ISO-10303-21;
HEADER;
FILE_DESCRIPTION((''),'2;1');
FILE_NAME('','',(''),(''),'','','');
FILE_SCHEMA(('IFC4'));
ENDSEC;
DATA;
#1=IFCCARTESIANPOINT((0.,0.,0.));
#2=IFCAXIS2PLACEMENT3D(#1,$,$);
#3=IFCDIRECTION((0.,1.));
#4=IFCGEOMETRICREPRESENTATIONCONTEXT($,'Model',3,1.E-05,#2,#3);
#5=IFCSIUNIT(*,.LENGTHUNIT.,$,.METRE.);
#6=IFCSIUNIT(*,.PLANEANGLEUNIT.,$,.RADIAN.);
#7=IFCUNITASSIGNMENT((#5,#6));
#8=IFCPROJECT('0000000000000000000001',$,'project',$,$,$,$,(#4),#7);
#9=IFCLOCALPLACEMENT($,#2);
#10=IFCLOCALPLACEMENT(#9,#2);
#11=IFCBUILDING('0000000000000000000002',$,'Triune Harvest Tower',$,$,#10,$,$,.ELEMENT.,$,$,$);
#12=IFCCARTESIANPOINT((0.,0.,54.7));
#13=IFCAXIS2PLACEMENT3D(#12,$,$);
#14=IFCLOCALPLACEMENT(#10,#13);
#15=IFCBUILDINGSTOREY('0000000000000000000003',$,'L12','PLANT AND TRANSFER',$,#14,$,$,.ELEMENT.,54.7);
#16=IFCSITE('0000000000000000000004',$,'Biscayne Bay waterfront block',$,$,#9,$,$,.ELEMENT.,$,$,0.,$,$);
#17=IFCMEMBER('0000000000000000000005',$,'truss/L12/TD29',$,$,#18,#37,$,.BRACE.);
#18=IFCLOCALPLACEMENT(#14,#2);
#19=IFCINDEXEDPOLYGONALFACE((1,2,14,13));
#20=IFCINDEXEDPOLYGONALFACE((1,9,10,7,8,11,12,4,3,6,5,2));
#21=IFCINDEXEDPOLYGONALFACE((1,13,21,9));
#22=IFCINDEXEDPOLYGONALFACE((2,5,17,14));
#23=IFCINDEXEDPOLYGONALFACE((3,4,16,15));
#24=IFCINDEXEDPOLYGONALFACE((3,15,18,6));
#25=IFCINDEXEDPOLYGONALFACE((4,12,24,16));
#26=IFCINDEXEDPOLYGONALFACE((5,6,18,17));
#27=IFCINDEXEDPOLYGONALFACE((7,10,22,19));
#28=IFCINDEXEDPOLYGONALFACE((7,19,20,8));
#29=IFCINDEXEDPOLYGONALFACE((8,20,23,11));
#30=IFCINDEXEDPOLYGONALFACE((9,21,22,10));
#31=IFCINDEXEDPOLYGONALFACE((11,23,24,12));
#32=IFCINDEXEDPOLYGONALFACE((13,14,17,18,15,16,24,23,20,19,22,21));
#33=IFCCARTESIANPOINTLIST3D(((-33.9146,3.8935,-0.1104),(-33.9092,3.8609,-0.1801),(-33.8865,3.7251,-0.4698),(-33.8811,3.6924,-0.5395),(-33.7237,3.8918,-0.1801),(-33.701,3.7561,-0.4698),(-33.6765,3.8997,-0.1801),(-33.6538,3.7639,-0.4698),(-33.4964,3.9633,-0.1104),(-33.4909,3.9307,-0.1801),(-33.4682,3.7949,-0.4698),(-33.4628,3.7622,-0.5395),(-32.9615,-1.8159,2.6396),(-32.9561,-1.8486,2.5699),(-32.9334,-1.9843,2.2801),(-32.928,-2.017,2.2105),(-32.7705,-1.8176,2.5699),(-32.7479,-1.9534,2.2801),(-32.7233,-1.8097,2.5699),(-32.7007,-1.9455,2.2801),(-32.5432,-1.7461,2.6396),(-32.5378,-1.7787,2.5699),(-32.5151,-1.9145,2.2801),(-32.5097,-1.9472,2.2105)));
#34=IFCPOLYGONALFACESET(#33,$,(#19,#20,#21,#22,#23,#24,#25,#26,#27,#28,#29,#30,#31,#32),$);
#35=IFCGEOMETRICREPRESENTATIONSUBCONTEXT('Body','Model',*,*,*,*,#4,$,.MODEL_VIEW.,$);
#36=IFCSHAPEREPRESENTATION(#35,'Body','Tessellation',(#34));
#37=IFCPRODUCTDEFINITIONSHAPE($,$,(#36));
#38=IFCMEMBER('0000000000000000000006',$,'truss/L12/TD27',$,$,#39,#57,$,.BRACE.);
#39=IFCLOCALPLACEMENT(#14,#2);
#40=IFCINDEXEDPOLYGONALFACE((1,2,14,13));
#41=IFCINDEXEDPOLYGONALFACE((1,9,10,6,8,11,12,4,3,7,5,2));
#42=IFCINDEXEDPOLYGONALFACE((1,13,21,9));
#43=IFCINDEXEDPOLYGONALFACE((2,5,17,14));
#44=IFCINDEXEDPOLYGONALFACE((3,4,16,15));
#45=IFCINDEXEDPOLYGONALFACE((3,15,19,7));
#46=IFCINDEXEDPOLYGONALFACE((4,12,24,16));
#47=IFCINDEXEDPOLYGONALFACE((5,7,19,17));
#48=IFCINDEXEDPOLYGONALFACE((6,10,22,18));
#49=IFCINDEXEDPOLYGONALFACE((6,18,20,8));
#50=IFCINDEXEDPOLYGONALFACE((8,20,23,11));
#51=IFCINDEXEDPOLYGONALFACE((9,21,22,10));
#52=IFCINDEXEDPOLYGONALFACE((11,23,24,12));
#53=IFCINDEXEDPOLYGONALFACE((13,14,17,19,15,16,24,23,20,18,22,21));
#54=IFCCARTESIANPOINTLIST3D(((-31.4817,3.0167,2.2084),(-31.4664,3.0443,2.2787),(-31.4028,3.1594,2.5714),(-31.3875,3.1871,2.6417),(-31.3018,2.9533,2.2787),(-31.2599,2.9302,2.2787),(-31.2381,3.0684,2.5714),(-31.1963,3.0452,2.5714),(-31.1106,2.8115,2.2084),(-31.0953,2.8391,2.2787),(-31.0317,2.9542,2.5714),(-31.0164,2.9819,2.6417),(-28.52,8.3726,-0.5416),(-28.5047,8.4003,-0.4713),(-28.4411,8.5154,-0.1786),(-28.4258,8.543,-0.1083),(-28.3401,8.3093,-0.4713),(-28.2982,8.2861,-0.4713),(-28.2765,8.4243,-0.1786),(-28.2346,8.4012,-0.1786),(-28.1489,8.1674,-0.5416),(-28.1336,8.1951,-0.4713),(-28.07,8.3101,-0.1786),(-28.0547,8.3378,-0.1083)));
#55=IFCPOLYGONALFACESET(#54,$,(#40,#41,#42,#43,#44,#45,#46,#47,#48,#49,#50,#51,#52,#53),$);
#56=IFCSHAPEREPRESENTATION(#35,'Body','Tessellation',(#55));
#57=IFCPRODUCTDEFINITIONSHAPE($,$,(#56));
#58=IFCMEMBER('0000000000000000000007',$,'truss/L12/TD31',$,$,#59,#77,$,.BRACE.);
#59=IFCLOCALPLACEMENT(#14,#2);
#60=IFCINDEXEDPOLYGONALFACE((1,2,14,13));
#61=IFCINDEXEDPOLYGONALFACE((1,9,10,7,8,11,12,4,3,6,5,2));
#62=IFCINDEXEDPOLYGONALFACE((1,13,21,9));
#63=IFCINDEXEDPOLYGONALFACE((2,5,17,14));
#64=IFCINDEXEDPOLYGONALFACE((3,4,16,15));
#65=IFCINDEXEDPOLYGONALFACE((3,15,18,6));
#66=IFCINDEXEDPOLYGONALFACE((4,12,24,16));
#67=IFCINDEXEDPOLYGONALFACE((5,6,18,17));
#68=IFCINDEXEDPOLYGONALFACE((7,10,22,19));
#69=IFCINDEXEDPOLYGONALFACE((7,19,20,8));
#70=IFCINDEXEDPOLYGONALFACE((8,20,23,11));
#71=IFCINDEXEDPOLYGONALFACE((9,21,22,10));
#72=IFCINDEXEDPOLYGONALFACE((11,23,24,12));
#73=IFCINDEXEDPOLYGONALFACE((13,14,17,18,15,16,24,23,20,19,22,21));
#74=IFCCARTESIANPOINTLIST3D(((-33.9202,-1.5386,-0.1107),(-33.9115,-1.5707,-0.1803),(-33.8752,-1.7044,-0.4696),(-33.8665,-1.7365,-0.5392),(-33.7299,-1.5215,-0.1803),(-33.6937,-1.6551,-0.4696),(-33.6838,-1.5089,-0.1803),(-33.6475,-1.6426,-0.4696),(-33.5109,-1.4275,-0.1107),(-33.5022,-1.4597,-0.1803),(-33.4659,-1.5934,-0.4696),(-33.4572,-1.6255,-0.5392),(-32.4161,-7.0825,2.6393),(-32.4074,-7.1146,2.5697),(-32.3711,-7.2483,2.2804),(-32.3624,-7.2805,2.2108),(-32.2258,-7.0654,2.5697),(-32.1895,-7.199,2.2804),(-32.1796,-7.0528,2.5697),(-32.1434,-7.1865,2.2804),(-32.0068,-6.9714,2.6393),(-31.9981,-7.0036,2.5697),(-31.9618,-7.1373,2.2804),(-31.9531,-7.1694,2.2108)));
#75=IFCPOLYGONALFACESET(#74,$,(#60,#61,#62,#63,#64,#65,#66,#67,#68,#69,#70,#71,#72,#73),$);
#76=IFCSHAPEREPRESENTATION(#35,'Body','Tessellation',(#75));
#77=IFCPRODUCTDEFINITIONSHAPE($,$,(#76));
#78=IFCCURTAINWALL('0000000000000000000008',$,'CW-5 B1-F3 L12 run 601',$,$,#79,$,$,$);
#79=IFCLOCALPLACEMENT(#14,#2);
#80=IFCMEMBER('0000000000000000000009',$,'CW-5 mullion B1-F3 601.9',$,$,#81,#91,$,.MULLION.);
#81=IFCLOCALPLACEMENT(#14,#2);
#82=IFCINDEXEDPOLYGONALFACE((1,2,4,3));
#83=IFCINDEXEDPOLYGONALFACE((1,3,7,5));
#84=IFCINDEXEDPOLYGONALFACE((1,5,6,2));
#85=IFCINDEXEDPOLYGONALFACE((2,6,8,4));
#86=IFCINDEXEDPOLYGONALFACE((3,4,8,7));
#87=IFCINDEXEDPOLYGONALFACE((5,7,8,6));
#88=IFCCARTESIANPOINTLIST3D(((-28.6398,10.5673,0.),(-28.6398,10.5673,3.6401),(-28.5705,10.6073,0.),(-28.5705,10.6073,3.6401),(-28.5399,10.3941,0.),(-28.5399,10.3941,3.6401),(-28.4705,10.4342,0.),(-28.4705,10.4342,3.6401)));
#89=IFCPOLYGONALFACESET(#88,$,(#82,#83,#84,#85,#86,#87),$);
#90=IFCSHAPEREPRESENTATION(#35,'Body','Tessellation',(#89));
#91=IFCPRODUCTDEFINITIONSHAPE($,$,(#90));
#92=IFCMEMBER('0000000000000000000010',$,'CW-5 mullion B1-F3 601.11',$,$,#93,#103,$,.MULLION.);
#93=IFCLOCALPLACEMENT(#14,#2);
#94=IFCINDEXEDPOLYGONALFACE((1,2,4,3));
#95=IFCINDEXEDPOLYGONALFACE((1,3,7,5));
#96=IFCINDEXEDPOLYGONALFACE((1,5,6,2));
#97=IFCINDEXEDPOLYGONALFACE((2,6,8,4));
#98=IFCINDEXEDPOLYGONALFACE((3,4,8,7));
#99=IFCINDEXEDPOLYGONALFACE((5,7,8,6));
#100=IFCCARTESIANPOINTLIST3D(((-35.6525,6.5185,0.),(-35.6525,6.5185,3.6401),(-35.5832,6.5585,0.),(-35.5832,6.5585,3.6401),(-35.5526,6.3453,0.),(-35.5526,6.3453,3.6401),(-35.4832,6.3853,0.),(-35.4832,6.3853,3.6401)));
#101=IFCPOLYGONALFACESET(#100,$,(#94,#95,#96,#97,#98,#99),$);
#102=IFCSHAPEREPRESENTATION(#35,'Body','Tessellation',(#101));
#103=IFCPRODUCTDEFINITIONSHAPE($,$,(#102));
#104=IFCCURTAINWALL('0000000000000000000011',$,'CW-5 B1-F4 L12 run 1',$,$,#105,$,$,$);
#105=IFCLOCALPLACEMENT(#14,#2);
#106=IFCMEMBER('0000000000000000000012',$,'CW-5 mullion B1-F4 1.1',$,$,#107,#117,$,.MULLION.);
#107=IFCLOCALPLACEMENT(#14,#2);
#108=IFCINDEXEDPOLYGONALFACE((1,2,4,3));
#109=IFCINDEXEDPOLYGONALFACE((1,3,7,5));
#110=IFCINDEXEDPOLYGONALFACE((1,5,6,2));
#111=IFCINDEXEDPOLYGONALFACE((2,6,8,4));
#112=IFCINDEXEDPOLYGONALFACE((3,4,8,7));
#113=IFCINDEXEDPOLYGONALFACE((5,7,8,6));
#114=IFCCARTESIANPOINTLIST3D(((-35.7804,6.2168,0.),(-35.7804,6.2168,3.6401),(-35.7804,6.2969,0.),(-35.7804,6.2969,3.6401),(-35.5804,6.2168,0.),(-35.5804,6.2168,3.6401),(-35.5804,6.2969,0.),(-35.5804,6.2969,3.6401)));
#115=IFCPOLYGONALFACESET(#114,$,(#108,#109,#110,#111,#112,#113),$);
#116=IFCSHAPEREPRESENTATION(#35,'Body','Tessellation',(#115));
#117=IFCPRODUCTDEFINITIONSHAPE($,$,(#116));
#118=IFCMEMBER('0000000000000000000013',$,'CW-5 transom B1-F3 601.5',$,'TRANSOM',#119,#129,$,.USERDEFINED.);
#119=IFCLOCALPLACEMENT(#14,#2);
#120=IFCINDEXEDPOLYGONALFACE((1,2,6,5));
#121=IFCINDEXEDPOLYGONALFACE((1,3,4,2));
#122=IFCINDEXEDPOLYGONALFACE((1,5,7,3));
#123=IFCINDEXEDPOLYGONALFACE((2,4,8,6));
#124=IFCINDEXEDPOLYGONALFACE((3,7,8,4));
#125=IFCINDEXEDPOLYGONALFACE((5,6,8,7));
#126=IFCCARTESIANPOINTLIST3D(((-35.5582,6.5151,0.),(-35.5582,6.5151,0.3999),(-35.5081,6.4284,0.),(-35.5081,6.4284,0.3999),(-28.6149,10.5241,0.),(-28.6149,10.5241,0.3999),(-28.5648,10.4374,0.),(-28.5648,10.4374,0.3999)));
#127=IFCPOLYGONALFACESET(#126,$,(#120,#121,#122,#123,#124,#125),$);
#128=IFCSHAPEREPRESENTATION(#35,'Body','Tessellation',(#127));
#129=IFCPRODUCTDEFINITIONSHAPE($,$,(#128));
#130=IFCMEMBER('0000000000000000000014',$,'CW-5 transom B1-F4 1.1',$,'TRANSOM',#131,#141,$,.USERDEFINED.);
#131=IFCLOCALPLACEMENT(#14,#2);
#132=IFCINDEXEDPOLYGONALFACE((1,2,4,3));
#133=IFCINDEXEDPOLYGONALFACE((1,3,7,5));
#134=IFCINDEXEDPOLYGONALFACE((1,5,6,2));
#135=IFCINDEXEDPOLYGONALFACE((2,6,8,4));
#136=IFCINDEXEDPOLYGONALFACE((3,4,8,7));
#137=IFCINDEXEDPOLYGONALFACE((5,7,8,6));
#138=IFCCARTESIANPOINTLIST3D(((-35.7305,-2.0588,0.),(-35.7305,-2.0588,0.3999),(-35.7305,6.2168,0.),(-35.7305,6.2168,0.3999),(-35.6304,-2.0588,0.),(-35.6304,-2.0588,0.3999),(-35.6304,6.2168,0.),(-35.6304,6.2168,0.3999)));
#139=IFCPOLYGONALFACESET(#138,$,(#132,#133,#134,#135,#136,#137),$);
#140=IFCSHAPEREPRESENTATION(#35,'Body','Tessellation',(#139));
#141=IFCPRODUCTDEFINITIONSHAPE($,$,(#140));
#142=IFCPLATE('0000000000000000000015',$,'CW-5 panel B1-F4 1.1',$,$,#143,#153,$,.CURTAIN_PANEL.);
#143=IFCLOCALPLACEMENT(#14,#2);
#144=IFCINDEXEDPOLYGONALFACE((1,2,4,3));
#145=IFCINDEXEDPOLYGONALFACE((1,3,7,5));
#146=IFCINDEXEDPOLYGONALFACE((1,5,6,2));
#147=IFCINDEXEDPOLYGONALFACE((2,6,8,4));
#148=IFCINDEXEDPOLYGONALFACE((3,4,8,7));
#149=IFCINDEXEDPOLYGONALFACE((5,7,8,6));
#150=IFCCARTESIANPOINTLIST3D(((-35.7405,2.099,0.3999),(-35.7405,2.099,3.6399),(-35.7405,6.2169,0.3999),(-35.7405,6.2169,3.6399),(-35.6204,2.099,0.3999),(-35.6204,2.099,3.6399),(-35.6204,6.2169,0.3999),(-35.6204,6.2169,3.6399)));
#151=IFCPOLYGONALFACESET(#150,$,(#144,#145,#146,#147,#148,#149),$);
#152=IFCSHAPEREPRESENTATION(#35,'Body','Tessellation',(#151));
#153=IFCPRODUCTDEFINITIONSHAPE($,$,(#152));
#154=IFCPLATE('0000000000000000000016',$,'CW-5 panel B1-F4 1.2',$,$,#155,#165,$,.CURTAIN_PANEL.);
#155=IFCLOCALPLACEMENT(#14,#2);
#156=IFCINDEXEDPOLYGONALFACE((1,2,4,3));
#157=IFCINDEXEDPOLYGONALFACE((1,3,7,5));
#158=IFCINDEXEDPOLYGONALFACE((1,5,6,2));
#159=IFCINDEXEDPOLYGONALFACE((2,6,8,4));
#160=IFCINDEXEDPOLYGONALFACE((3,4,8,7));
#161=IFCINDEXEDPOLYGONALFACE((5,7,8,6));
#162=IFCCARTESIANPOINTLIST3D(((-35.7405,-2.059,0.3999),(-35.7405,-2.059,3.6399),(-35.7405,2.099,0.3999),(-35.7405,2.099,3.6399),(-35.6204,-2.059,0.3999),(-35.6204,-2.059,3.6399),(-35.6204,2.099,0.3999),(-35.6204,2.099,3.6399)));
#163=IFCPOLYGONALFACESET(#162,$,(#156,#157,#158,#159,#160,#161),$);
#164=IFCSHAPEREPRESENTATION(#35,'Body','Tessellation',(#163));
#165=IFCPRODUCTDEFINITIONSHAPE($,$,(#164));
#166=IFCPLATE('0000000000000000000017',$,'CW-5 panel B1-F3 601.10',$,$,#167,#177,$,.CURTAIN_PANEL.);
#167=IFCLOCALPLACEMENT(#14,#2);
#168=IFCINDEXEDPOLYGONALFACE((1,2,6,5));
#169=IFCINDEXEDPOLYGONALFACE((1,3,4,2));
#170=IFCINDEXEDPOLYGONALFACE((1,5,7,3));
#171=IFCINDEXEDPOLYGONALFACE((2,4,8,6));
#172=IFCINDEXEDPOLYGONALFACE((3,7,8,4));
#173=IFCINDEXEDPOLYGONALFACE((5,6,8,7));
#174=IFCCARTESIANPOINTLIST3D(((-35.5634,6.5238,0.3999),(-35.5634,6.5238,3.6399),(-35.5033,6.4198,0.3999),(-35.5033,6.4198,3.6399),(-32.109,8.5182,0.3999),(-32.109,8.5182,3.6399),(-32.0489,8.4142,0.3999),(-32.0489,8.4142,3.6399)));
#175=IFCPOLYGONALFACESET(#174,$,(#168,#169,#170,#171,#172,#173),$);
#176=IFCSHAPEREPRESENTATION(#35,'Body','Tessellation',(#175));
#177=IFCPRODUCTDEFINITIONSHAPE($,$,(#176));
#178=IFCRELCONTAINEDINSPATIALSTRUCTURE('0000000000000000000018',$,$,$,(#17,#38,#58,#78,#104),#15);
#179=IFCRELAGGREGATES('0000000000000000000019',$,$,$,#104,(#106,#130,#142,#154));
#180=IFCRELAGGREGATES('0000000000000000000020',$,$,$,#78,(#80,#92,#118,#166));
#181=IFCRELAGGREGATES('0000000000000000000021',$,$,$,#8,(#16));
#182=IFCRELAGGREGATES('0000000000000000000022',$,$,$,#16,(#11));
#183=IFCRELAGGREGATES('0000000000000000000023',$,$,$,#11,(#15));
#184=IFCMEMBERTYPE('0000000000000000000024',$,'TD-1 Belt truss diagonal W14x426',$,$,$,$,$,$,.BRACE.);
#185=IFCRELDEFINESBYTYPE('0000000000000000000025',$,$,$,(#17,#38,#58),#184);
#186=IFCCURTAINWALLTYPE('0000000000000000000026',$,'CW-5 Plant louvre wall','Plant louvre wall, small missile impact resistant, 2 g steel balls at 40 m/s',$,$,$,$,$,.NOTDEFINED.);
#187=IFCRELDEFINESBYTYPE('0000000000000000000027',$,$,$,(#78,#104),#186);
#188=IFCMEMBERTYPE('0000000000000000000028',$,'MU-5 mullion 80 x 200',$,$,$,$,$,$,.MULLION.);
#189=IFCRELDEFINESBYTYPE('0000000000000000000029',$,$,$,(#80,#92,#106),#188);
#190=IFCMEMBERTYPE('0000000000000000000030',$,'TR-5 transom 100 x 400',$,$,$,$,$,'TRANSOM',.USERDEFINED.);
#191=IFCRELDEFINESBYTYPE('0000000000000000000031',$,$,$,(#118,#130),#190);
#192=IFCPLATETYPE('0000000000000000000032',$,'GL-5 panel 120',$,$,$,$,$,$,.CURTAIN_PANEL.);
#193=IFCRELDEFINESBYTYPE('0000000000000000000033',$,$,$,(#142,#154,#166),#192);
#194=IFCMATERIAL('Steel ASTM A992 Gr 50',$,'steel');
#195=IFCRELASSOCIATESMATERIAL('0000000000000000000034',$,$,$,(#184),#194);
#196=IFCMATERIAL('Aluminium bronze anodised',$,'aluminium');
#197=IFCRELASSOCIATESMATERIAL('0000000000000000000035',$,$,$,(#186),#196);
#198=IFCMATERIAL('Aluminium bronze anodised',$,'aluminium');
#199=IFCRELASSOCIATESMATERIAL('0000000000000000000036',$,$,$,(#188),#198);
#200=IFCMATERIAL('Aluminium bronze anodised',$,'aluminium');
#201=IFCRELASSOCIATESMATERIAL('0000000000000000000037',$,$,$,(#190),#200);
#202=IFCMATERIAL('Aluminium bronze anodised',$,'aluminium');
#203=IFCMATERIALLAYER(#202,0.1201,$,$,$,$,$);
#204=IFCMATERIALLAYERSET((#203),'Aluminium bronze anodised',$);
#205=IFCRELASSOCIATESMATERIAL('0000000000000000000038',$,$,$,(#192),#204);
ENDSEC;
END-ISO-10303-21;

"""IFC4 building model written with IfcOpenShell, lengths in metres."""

from ifc_helpers import new_model, si_unit, direction, frame, origin, origin_2d, place, context, subcontext, project, spatial, rectangle, i_section, extrude, source, transform, mapped, material, layer, layer_set, material_profile, profile_set, type_object, element, aggregate, save


model = new_model("IFC4")

# Units and contexts
model_context = context("Model", 3, precision=1e-05, world=origin(), true_north=direction((0.0, 1.0)))
body_context = subcontext(model_context, "Body", "Model", "MODEL_VIEW")
ifc_project = project(units=[si_unit("LENGTHUNIT", "METRE"), si_unit("PLANEANGLEUNIT", "RADIAN")], contexts=[model_context])

# Site, building, storey
site_placement = place(None, origin())
site = spatial("IfcSite", under=ifc_project, at=site_placement, Name="Biscayne Bay waterfront block", CompositionType="ELEMENT", RefElevation=0.0)
building_placement = place(site_placement, origin())
building = spatial("IfcBuilding", under=site, at=building_placement, Name="Triune Harvest Tower", CompositionType="ELEMENT")
storey_placement = place(building_placement, frame((0.0, 0.0, 54.7)))
storey = spatial("IfcBuildingStorey", under=building, at=storey_placement, Name="L12", Description="PLANT AND TRANSFER", CompositionType="ELEMENT", Elevation=54.7)

# Shared definitions
ifc_material_1 = material(Name="Steel ASTM A992 Gr 50", Category="steel")
ifc_material_profile_1 = material_profile(ifc_material_1, i_section(OverallWidth=0.4241, OverallDepth=0.4751, WebThickness=0.0479, FlangeThickness=0.0771, at=origin_2d()), Name="W14x426")
ifc_profile_set_1 = profile_set([ifc_material_profile_1], Name="Steel ASTM A992 Gr 50")
member_type_1 = type_object("IfcMemberType", Name="TD-1 Belt truss diagonal W14x426", PredefinedType="BRACE", material=ifc_profile_set_1)

# Members
shared_shape_1 = source(origin(), body_context, "Body", "SweptSolid", [
    extrude(i_section(OverallWidth=0.4241, OverallDepth=0.4751, WebThickness=0.0479, FlangeThickness=0.0771, at=origin_2d()), origin(), (0.0, 0.0, 1.0), 6.4084),
])
member_1_placement = place(storey_placement, frame((-33.6887, 3.8279, -0.325), z_axis=(0.148728, -0.89092, 0.429117), x_axis=(0.986351, 0.164659, 0.0)))
element("IfcMember", 1, at=member_1_placement, inside=storey, type_object=member_type_1, Name="truss/L12/TD29", PredefinedType="BRACE", context=body_context, shape_type="MappedRepresentation", body=[
    mapped(shared_shape_1, transform((0.0, 0.0, 0.0), scale=1.0)),
])
shared_shape_2 = source(origin(), body_context, "Body", "SweptSolid", [
    extrude(i_section(OverallWidth=0.4241, OverallDepth=0.4751, WebThickness=0.0479, FlangeThickness=0.0771, at=origin_2d()), origin(), (0.0, 0.0, 1.0), 6.7097),
])
member_2_placement = place(storey_placement, frame((-28.2874, 8.3552, -0.325), z_axis=(-0.4414, -0.798239, 0.409854), x_axis=(0.875117, -0.483911, 0.0)))
element("IfcMember", 2, at=member_2_placement, inside=storey, type_object=member_type_1, Name="truss/L12/TD27", PredefinedType="BRACE", context=body_context, shape_type="MappedRepresentation", body=[
    mapped(shared_shape_2, transform((0.0, 0.0, 0.0), scale=1.0)),
])
shared_shape_3 = source(origin(), body_context, "Body", "SweptSolid", [
    extrude(i_section(OverallWidth=0.4241, OverallDepth=0.4751, WebThickness=0.0479, FlangeThickness=0.0771, at=origin_2d()), origin(), (0.0, 0.0, 1.0), 6.3687),
])
member_3_placement = place(storey_placement, frame((-33.6887, -1.582, -0.325), z_axis=(0.236179, -0.870499, 0.431799), x_axis=(0.965109, 0.261848, 0.0)))
element("IfcMember", 3, at=member_3_placement, inside=storey, type_object=member_type_1, Name="truss/L12/TD31", PredefinedType="BRACE", context=body_context, shape_type="MappedRepresentation", body=[
    mapped(shared_shape_3, transform((0.0, 0.0, 0.0), scale=1.0)),
])

# Curtain wall, members
ifc_material_2 = material(Name="Aluminium bronze anodised", Category="aluminium")
curtain_wall_type = type_object("IfcCurtainWallType", Name="CW-5 Plant louvre wall", Description="Plant louvre wall, small missile impact resistant, 2 g steel balls at 40 m/s", PredefinedType="NOTDEFINED", material=ifc_material_2)
curtain_wall_1_placement = place(storey_placement, origin())
curtain_wall_1 = element("IfcCurtainWall", 4, at=curtain_wall_1_placement, inside=storey, type_object=curtain_wall_type, Name="CW-5 B1-F3 L12 run 601")
ifc_material_3 = material(Name="Aluminium bronze anodised", Category="aluminium")
ifc_material_profile_2 = material_profile(ifc_material_3, rectangle(XDim=0.2, YDim=0.0801, at=origin_2d()), Name="MU-5 mullion 80 x 200")
ifc_profile_set_2 = profile_set([ifc_material_profile_2], Name="Aluminium bronze anodised")
member_type_2 = type_object("IfcMemberType", Name="MU-5 mullion 80 x 200", PredefinedType="MULLION", material=ifc_profile_set_2)
shared_shape_4 = source(origin(), body_context, "Body", "SweptSolid", [
    extrude(rectangle(XDim=0.2, YDim=0.0801, at=origin_2d()), origin(), (0.0, 0.0, 1.0), 3.6401),
])
member_4_placement = place(storey_placement, frame((-28.5552, 10.5007, 0.0), z_axis=(0.0, 0.0, 1.0), x_axis=(0.499999, -0.866026, 0.0)))
member_4 = element("IfcMember", 5, at=member_4_placement, type_object=member_type_2, Name="CW-5 mullion B1-F3 601.9", PredefinedType="MULLION", context=body_context, shape_type="MappedRepresentation", body=[
    mapped(shared_shape_4, transform((0.0, 0.0, 0.0), scale=1.0)),
])
member_5_placement = place(storey_placement, frame((-35.5679, 6.4519, 0.0), z_axis=(0.0, 0.0, 1.0), x_axis=(0.499999, -0.866026, 0.0)))
member_5 = element("IfcMember", 6, at=member_5_placement, type_object=member_type_2, Name="CW-5 mullion B1-F3 601.11", PredefinedType="MULLION", context=body_context, shape_type="MappedRepresentation", body=[
    mapped(shared_shape_4, transform((0.0, 0.0, 0.0), scale=1.0)),
])

# Curtain wall, member
curtain_wall_2_placement = place(storey_placement, origin())
curtain_wall_2 = element("IfcCurtainWall", 7, at=curtain_wall_2_placement, inside=storey, type_object=curtain_wall_type, Name="CW-5 B1-F4 L12 run 1")
member_6_placement = place(storey_placement, frame((-35.6804, 6.2568, 0.0), z_axis=(0.0, 0.0, 1.0), x_axis=(1.0, 0.0, 0.0)))
member_6 = element("IfcMember", 8, at=member_6_placement, type_object=member_type_2, Name="CW-5 mullion B1-F4 1.1", PredefinedType="MULLION", context=body_context, shape_type="MappedRepresentation", body=[
    mapped(shared_shape_4, transform((0.0, 0.0, 0.0), scale=1.0)),
])

# Members
ifc_material_4 = material(Name="Aluminium bronze anodised", Category="aluminium")
ifc_material_profile_3 = material_profile(ifc_material_4, rectangle(XDim=0.1001, YDim=0.3999, at=origin_2d()), Name="TR-5 transom 100 x 400")
ifc_profile_set_3 = profile_set([ifc_material_profile_3], Name="Aluminium bronze anodised")
member_type_3 = type_object("IfcMemberType", Name="TR-5 transom 100 x 400", ElementType="TRANSOM", PredefinedType="USERDEFINED", material=ifc_profile_set_3)
shared_shape_5 = source(origin(), body_context, "Body", "SweptSolid", [
    extrude(rectangle(XDim=0.1001, YDim=0.3999, at=origin_2d()), origin(), (0.0, 0.0, 1.0), 8.0176),
])
member_7_placement = place(storey_placement, frame((-28.5898, 10.4807, 0.2), z_axis=(-0.86601, -0.500026, 0.0), x_axis=(0.500026, -0.86601, 0.0)))
member_7 = element("IfcMember", 9, at=member_7_placement, type_object=member_type_3, Name="CW-5 transom B1-F3 601.5", ObjectType="TRANSOM", PredefinedType="USERDEFINED", context=body_context, shape_type="MappedRepresentation", body=[
    mapped(shared_shape_5, transform((0.0, 0.0, 0.0), scale=1.0)),
])
shared_shape_6 = source(origin(), body_context, "Body", "SweptSolid", [
    extrude(rectangle(XDim=0.1001, YDim=0.3999, at=origin_2d()), origin(), (0.0, 0.0, 1.0), 8.2756),
])
member_8_placement = place(storey_placement, frame((-35.6804, 6.2168, 0.2), z_axis=(0.0, -1.0, 0.0), x_axis=(1.0, 0.0, 0.0)))
member_8 = element("IfcMember", 10, at=member_8_placement, type_object=member_type_3, Name="CW-5 transom B1-F4 1.1", ObjectType="TRANSOM", PredefinedType="USERDEFINED", context=body_context, shape_type="MappedRepresentation", body=[
    mapped(shared_shape_6, transform((0.0, 0.0, 0.0), scale=1.0)),
])

# Plates
ifc_material_5 = material(Name="Aluminium bronze anodised", Category="aluminium")
ifc_layer_1 = layer(ifc_material_5, 0.1201)
ifc_layer_set_1 = layer_set([ifc_layer_1], Name="Aluminium bronze anodised")
plate_type = type_object("IfcPlateType", Name="GL-5 panel 120", PredefinedType="CURTAIN_PANEL", material=ifc_layer_set_1)
shared_shape_7 = source(origin(), body_context, "Body", "SweptSolid", [
    extrude(rectangle(XDim=4.1179, YDim=0.1201, at=origin_2d()), origin(), (0.0, 0.0, 1.0), 3.24),
])
plate_1_placement = place(storey_placement, frame((-35.6804, 4.158, 0.3999), z_axis=(0.0, 0.0, 1.0), x_axis=(0.0, -1.0, 0.0)))
plate_1 = element("IfcPlate", 11, at=plate_1_placement, type_object=plate_type, Name="CW-5 panel B1-F4 1.1", PredefinedType="CURTAIN_PANEL", context=body_context, shape_type="MappedRepresentation", body=[
    mapped(shared_shape_7, transform((0.0, 0.0, 0.0), scale=1.0)),
])
shared_shape_8 = source(origin(), body_context, "Body", "SweptSolid", [
    extrude(rectangle(XDim=4.158, YDim=0.1201, at=origin_2d()), origin(), (0.0, 0.0, 1.0), 3.24),
])
plate_2_placement = place(storey_placement, frame((-35.6804, 0.02, 0.3999), z_axis=(0.0, 0.0, 1.0), x_axis=(0.0, -1.0, 0.0)))
plate_2 = element("IfcPlate", 12, at=plate_2_placement, type_object=plate_type, Name="CW-5 panel B1-F4 1.2", PredefinedType="CURTAIN_PANEL", context=body_context, shape_type="MappedRepresentation", body=[
    mapped(shared_shape_8, transform((0.0, 0.0, 0.0), scale=1.0)),
])
aggregate(curtain_wall_2, [member_6, member_8, plate_1, plate_2])
shared_shape_9 = source(origin(), body_context, "Body", "SweptSolid", [
    extrude(rectangle(XDim=3.9888, YDim=0.1201, at=origin_2d()), origin(), (0.0, 0.0, 1.0), 3.24),
])
plate_3_placement = place(storey_placement, frame((-33.8062, 7.469, 0.3999), z_axis=(0.0, 0.0, 1.0), x_axis=(-0.866026, -0.499999, 0.0)))
plate_3 = element("IfcPlate", 13, at=plate_3_placement, type_object=plate_type, Name="CW-5 panel B1-F3 601.10", PredefinedType="CURTAIN_PANEL", context=body_context, shape_type="MappedRepresentation", body=[
    mapped(shared_shape_9, transform((0.0, 0.0, 0.0), scale=1.0)),
])
aggregate(curtain_wall_1, [member_4, member_5, member_7, plate_3])

save(model, "model.ifc")
